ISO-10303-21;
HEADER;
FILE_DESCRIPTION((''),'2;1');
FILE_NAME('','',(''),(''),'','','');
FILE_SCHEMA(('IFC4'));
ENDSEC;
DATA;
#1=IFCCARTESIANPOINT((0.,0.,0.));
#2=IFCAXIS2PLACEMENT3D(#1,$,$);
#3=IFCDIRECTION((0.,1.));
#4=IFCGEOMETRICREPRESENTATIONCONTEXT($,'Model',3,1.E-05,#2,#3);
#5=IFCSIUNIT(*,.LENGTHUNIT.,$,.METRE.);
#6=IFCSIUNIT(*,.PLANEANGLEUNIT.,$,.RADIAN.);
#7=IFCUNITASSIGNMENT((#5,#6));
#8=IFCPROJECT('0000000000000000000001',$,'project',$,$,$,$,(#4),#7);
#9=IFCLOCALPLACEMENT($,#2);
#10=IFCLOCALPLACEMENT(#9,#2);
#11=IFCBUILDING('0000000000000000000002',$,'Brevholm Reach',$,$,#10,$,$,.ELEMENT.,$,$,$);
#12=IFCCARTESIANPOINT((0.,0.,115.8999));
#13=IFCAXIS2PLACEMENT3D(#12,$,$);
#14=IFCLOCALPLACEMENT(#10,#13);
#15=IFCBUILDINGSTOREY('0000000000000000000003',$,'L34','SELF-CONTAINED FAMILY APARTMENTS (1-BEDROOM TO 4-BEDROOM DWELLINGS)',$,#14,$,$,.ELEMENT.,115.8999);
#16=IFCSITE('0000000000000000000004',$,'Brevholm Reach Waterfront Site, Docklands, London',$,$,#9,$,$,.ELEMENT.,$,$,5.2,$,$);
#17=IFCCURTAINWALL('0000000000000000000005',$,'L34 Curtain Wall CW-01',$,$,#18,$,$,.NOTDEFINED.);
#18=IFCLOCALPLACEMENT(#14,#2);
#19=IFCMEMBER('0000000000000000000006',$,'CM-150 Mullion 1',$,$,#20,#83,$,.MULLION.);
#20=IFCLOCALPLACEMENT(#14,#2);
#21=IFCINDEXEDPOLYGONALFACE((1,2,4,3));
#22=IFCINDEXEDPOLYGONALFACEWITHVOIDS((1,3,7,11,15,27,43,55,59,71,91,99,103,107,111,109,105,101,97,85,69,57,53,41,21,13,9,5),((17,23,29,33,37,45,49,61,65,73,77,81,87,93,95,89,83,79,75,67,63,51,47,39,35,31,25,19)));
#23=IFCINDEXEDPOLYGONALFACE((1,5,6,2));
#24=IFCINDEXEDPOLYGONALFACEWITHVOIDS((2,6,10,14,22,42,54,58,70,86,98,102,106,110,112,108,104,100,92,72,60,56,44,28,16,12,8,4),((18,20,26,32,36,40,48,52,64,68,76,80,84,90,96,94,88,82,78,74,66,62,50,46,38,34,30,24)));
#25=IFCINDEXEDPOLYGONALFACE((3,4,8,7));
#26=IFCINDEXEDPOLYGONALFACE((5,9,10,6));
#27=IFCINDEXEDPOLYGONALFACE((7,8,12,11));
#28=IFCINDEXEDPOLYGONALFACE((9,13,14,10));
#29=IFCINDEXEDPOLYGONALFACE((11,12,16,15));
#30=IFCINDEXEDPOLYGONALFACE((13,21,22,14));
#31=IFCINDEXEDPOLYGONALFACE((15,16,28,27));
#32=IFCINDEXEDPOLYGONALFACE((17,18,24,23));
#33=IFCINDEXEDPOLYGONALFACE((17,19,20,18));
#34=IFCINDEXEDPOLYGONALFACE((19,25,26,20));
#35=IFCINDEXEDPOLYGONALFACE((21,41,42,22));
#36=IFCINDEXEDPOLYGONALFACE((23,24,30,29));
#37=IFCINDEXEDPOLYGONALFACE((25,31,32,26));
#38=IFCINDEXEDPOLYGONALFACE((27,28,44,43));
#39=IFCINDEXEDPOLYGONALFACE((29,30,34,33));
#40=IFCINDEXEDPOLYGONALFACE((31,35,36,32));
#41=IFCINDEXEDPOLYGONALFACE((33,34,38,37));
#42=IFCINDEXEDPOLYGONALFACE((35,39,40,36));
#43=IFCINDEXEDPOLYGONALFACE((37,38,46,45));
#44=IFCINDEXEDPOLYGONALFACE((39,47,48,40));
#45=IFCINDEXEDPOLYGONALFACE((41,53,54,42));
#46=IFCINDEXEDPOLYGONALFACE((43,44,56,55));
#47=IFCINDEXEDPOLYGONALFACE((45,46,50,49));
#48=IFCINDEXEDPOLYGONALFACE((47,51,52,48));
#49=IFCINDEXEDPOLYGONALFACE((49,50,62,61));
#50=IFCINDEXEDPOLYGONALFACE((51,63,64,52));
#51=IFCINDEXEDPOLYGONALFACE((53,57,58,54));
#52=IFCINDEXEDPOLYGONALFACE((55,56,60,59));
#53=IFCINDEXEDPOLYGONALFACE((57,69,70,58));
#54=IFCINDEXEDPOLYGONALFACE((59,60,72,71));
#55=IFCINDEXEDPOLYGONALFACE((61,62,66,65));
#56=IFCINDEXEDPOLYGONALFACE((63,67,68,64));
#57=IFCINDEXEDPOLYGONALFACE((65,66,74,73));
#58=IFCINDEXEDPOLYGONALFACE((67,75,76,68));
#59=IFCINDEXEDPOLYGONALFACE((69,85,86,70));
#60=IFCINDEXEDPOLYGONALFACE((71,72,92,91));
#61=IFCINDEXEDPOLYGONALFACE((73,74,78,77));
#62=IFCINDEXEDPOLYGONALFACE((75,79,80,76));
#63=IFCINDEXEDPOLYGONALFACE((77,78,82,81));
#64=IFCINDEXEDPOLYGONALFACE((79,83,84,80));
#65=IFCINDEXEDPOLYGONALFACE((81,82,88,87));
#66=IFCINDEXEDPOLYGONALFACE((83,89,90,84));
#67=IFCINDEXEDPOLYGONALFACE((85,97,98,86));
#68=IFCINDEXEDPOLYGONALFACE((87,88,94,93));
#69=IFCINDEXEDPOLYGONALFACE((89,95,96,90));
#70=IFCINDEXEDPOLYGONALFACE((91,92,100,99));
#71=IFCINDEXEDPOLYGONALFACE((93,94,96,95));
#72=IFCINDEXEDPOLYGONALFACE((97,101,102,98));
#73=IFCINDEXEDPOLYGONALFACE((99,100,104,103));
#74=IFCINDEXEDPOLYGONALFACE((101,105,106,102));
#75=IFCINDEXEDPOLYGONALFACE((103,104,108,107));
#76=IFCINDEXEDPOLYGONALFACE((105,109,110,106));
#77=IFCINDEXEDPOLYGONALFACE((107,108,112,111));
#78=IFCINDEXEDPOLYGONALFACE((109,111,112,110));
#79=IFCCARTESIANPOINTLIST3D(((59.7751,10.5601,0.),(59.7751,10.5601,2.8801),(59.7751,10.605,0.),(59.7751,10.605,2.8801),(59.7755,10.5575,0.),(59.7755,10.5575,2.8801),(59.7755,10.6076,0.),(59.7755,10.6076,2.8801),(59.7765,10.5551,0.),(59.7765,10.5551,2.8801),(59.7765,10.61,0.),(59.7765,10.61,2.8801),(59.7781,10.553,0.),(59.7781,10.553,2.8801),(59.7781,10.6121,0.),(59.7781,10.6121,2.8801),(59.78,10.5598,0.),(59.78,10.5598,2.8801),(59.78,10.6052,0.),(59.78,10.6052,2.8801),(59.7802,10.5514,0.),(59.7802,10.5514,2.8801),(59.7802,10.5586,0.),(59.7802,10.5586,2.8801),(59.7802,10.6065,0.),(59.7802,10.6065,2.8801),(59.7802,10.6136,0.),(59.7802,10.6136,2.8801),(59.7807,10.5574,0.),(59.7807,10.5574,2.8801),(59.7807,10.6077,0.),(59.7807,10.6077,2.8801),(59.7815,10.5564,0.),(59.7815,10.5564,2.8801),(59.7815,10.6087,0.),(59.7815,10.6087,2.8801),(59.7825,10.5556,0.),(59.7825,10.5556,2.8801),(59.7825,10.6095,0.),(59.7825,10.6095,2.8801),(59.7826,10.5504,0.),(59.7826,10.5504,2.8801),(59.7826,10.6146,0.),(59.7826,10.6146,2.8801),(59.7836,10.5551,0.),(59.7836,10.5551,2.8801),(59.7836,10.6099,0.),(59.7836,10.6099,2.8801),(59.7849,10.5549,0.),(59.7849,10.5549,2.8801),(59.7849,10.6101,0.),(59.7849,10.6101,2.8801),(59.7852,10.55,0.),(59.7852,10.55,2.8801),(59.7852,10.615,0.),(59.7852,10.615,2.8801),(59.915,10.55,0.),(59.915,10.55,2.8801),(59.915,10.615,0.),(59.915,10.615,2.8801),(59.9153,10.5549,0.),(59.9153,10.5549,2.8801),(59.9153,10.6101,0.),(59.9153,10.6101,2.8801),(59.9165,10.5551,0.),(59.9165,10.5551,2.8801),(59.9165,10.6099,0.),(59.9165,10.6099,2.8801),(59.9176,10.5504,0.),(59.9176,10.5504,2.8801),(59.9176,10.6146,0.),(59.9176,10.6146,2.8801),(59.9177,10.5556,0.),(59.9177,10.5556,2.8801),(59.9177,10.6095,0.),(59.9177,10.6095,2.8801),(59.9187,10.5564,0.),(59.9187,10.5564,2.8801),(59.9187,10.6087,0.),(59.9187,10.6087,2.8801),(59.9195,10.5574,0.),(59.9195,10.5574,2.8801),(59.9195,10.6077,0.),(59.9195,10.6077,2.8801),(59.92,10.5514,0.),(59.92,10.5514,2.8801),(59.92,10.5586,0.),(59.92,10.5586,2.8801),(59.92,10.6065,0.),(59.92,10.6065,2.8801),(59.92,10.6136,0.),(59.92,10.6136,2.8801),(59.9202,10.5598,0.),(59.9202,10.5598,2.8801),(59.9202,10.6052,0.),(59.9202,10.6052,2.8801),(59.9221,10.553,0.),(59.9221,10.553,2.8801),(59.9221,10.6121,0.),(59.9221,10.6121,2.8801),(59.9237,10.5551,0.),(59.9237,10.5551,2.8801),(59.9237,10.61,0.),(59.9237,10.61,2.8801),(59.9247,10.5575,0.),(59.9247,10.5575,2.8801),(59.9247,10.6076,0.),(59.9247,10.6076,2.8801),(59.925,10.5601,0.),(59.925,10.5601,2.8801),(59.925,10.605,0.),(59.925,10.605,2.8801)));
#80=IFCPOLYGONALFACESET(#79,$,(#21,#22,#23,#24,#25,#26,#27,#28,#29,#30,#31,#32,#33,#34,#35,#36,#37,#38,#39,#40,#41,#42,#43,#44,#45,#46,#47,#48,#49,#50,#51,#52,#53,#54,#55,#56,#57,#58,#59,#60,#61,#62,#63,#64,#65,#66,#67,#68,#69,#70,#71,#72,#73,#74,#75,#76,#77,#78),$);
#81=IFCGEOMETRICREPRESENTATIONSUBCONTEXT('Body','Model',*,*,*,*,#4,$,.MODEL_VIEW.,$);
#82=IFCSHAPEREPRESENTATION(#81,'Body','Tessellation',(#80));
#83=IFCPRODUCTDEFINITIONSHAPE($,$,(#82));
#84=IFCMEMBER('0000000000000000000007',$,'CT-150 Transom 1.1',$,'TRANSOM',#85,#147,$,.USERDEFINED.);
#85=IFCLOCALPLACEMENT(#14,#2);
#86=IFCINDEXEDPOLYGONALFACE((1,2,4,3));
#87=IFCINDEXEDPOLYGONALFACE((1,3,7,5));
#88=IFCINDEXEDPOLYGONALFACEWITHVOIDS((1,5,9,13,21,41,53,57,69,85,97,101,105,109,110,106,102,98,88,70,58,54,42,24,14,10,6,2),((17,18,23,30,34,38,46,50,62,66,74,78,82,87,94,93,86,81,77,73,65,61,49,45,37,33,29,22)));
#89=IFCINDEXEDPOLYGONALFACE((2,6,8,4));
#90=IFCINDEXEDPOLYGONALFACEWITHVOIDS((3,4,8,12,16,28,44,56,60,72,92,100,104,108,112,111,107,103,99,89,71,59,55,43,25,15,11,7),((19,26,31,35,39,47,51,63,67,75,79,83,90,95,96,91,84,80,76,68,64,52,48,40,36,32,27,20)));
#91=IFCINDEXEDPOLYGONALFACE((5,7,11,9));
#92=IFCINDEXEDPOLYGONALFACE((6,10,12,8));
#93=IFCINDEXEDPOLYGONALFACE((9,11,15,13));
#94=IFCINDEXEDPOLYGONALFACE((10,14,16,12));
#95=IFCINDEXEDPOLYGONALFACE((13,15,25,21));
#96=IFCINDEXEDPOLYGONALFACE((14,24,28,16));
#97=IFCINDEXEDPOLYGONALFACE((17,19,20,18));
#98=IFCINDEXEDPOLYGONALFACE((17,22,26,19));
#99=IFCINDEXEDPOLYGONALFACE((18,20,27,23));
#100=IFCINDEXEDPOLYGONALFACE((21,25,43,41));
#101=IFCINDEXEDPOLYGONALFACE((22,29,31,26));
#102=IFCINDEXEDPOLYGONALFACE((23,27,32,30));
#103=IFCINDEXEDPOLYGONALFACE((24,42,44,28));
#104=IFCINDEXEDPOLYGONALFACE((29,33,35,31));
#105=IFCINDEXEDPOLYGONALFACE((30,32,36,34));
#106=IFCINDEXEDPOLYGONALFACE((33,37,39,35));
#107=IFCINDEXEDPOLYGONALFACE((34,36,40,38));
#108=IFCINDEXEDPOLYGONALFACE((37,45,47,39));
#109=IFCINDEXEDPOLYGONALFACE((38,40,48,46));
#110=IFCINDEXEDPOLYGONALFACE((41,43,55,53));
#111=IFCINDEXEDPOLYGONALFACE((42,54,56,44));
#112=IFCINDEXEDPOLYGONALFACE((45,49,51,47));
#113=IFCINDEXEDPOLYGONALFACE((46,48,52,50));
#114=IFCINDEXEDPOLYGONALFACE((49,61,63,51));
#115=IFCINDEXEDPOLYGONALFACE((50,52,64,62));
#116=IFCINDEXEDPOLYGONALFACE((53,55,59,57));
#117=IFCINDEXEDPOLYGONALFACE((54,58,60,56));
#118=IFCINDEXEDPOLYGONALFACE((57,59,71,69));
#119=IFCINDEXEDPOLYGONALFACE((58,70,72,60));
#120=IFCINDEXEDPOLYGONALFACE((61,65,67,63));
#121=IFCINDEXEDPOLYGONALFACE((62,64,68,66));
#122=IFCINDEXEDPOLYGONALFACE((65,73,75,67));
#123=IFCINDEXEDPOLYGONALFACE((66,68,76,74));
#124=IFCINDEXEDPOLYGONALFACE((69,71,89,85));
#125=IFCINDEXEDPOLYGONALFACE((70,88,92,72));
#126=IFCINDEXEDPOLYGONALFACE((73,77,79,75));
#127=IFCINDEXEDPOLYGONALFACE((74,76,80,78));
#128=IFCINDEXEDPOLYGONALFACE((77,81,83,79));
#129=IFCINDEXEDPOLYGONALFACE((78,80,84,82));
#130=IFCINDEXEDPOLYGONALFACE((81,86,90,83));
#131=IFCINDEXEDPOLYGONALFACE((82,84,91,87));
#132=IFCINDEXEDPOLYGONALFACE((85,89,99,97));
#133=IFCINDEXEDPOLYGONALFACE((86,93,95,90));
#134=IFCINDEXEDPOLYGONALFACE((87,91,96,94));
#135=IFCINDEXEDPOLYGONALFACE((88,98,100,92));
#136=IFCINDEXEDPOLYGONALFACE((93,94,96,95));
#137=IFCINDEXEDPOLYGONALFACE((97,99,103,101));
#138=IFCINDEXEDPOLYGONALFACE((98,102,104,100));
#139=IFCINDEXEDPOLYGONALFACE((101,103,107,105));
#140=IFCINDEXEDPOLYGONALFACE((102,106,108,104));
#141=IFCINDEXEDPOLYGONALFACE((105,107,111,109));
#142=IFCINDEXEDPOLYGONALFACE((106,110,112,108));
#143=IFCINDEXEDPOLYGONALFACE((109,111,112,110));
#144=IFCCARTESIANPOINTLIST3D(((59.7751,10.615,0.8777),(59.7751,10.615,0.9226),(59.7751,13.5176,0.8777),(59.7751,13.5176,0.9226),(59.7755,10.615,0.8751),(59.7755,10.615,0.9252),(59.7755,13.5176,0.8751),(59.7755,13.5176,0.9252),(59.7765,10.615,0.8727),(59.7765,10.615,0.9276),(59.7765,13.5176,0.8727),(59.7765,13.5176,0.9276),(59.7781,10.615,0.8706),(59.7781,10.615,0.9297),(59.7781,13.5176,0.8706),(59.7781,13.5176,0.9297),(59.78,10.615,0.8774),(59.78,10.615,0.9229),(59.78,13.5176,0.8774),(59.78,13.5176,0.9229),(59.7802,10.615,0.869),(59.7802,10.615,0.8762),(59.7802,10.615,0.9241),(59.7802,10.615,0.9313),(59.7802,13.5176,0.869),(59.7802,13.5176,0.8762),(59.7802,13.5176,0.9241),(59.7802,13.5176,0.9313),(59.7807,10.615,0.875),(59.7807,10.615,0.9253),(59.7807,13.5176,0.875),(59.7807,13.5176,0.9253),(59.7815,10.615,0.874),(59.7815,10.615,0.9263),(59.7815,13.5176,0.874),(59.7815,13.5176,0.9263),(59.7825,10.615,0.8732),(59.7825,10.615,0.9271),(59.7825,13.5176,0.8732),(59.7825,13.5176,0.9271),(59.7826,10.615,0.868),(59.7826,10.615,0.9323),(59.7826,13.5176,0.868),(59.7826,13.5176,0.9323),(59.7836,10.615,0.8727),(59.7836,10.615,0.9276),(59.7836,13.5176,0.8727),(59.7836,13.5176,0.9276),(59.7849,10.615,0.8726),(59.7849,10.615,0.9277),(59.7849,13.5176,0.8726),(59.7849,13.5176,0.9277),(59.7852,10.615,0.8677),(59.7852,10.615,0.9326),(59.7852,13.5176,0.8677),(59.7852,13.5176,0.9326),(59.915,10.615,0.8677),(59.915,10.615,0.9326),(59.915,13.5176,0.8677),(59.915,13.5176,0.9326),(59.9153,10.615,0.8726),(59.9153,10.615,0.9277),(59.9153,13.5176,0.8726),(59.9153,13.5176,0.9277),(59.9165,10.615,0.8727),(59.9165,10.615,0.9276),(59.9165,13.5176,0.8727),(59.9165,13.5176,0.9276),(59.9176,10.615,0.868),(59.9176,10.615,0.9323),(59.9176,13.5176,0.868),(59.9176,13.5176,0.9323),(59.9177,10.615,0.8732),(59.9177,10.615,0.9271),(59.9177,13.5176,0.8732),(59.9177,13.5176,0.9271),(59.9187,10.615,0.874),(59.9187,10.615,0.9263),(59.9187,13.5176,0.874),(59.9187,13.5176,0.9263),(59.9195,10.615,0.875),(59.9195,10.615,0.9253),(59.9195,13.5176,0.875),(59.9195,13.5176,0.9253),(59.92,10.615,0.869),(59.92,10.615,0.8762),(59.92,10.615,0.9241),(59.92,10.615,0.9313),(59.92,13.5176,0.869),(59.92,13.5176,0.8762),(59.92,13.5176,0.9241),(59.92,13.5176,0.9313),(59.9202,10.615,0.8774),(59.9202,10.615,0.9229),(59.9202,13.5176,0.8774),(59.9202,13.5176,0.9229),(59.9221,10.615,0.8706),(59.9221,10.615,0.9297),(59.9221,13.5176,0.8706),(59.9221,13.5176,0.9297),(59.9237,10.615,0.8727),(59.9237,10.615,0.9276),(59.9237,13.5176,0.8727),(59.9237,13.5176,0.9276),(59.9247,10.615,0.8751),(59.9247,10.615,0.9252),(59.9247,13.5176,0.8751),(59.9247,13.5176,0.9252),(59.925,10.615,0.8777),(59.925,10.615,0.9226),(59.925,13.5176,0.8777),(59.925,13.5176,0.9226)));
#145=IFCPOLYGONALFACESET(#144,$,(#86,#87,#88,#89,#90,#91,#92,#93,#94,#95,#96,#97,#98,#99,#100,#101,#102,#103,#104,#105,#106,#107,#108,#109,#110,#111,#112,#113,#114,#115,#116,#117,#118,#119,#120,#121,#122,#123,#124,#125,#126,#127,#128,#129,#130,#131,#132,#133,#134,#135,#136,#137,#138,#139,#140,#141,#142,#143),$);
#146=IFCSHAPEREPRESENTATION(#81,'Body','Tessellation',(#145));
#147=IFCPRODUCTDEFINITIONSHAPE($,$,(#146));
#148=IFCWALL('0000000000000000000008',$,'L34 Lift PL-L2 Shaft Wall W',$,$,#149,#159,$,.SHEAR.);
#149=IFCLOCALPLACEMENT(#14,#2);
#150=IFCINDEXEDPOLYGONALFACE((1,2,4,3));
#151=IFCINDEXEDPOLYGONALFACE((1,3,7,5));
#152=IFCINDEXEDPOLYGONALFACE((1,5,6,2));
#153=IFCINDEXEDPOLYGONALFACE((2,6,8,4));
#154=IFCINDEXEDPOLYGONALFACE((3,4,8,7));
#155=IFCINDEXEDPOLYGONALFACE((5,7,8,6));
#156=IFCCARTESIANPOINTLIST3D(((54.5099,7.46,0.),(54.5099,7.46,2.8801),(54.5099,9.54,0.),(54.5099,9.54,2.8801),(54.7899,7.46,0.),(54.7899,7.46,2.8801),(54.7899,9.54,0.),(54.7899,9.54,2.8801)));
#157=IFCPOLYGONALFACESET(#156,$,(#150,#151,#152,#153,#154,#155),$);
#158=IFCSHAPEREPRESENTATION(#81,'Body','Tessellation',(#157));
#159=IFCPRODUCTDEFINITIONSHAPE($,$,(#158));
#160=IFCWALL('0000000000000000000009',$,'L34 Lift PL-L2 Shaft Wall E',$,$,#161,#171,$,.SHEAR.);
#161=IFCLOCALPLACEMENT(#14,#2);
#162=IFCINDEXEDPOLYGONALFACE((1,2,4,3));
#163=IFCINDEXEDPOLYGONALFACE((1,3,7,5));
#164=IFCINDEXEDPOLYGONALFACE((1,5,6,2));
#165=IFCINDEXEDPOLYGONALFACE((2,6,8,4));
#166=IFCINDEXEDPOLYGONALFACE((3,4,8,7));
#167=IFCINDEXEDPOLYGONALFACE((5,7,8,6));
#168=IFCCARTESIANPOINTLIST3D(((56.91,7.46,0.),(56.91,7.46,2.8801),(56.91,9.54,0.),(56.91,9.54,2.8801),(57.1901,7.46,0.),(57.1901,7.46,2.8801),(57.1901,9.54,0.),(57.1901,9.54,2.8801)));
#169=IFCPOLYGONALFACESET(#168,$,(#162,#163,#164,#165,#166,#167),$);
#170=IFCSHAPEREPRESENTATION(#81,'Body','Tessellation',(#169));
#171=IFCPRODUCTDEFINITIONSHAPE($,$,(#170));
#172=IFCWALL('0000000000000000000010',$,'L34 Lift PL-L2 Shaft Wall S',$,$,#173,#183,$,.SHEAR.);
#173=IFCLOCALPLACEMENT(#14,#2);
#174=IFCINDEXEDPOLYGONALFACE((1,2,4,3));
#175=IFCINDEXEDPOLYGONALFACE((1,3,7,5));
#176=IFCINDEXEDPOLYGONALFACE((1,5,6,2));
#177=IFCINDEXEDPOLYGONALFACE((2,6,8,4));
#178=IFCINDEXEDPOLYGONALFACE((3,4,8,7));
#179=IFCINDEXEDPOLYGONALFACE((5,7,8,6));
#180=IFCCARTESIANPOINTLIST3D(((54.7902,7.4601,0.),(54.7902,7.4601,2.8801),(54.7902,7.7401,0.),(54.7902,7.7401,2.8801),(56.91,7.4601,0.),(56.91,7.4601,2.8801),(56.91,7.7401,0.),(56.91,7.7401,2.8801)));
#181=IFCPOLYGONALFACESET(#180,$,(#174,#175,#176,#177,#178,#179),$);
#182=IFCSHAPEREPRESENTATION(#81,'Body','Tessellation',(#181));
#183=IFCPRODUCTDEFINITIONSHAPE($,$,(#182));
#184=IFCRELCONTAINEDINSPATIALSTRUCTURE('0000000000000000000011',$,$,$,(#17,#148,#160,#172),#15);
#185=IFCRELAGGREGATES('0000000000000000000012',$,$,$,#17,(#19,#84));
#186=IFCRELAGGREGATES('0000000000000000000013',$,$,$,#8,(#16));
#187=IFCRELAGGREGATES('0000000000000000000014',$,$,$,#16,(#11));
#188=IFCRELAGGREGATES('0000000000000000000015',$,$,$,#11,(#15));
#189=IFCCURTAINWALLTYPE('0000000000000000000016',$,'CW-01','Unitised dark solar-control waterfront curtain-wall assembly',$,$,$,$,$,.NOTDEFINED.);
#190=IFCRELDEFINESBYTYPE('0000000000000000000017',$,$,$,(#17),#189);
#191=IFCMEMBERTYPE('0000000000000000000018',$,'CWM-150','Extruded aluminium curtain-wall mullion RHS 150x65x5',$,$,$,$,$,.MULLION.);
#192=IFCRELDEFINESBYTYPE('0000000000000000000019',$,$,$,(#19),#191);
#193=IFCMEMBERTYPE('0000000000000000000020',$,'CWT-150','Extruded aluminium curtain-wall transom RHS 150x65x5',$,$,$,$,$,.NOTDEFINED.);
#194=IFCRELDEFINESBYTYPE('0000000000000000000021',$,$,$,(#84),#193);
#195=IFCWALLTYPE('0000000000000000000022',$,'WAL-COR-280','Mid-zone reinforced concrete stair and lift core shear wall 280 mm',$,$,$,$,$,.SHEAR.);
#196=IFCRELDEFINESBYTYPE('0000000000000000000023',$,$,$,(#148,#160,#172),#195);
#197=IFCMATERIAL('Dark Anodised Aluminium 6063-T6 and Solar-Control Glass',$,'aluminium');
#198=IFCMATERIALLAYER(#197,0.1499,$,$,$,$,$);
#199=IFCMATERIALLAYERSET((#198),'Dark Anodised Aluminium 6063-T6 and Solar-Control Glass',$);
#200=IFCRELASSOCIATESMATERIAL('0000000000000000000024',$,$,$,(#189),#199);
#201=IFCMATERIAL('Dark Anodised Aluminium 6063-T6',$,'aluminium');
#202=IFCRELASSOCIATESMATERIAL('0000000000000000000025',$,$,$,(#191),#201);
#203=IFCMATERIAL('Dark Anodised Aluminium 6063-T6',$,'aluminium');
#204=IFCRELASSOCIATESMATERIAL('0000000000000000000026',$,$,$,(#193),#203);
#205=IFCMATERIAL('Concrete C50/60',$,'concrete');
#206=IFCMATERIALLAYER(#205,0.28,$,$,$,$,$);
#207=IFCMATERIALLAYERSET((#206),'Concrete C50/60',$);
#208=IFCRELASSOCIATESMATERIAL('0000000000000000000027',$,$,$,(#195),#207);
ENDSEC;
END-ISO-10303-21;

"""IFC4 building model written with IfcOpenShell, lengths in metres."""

from ifc_helpers import new_model, si_unit, direction, frame, frame_2d, origin, origin_2d, place, context, subcontext, project, spatial, rectangle, hollow_rectangle, extrude, material, layer, layer_set, material_profile, profile_set, type_object, element, aggregate, save


model = new_model("IFC4")

# Units and contexts
model_context = context("Model", 3, precision=1e-05, world=origin(), true_north=direction((0.0, 1.0)))
body_context = subcontext(model_context, "Body", "Model", "MODEL_VIEW")
ifc_project = project(units=[si_unit("LENGTHUNIT", "METRE"), si_unit("PLANEANGLEUNIT", "RADIAN")], contexts=[model_context])

# Site, building, storey
site_placement = place(None, origin())
site = spatial("IfcSite", under=ifc_project, at=site_placement, Name="Brevholm Reach Waterfront Site, Docklands, London", CompositionType="ELEMENT", RefElevation=5.2)
building_placement = place(site_placement, origin())
building = spatial("IfcBuilding", under=site, at=building_placement, Name="Brevholm Reach", CompositionType="ELEMENT")
storey_placement = place(building_placement, frame((0.0, 0.0, 115.8999)))
storey = spatial("IfcBuildingStorey", under=building, at=storey_placement, Name="L34", Description="SELF-CONTAINED FAMILY APARTMENTS (1-BEDROOM TO 4-BEDROOM DWELLINGS)", CompositionType="ELEMENT", Elevation=115.8999)

# Curtain wall, members
ifc_material_1 = material(Name="Dark Anodised Aluminium 6063-T6 and Solar-Control Glass", Category="aluminium")
ifc_layer_1 = layer(ifc_material_1, 0.1499)
ifc_layer_set_1 = layer_set([ifc_layer_1], Name="Dark Anodised Aluminium 6063-T6 and Solar-Control Glass")
curtain_wall_type = type_object("IfcCurtainWallType", Name="CW-01", Description="Unitised dark solar-control waterfront curtain-wall assembly", PredefinedType="NOTDEFINED", material=ifc_layer_set_1)
curtain_wall_placement = place(storey_placement, origin())
curtain_wall = element("IfcCurtainWall", 1, at=curtain_wall_placement, inside=storey, type_object=curtain_wall_type, Name="L34 Curtain Wall CW-01", PredefinedType="NOTDEFINED")
ifc_material_2 = material(Name="Dark Anodised Aluminium 6063-T6", Category="aluminium")
ifc_material_profile_1 = material_profile(ifc_material_2, hollow_rectangle(XDim=0.0649, YDim=0.1499, WallThickness=0.0049, InnerFilletRadius=0.0049, OuterFilletRadius=0.01, at=origin_2d()), Name="RHS 150x65x5")
ifc_profile_set_1 = profile_set([ifc_material_profile_1], Name="Dark Anodised Aluminium 6063-T6")
member_type_1 = type_object("IfcMemberType", Name="CWM-150", Description="Extruded aluminium curtain-wall mullion RHS 150x65x5", PredefinedType="MULLION", material=ifc_profile_set_1)
member_1_placement = place(storey_placement, frame((59.8501, 10.5825, 0.0), z_axis=(0.0, 0.0, 1.0), x_axis=(0.0, 1.0, 0.0)))
member_1 = element("IfcMember", 2, at=member_1_placement, type_object=member_type_1, Name="CM-150 Mullion 1", PredefinedType="MULLION", context=body_context, shape_type="SweptSolid", body=[
    extrude(hollow_rectangle(XDim=0.0649, YDim=0.1499, WallThickness=0.0049, InnerFilletRadius=0.0049, OuterFilletRadius=0.01, at=origin_2d()), origin(), (0.0, 0.0, 1.0), 2.8801),
])
ifc_material_3 = material(Name="Dark Anodised Aluminium 6063-T6", Category="aluminium")
ifc_material_profile_2 = material_profile(ifc_material_3, hollow_rectangle(XDim=0.0649, YDim=0.1499, WallThickness=0.0049, InnerFilletRadius=0.0049, OuterFilletRadius=0.01, at=origin_2d()), Name="RHS 150x65x5")
ifc_profile_set_2 = profile_set([ifc_material_profile_2], Name="Dark Anodised Aluminium 6063-T6")
member_type_2 = type_object("IfcMemberType", Name="CWT-150", Description="Extruded aluminium curtain-wall transom RHS 150x65x5", PredefinedType="NOTDEFINED", material=ifc_profile_set_2)
member_2_placement = place(storey_placement, frame((59.8501, 10.615, 0.9001), z_axis=(0.0, 1.0, 0.0), x_axis=(0.0, 0.0, 1.0)))
member_2 = element("IfcMember", 3, at=member_2_placement, type_object=member_type_2, Name="CT-150 Transom 1.1", ObjectType="TRANSOM", PredefinedType="USERDEFINED", context=body_context, shape_type="SweptSolid", body=[
    extrude(hollow_rectangle(XDim=0.0649, YDim=0.1499, WallThickness=0.0049, InnerFilletRadius=0.0049, OuterFilletRadius=0.01, at=origin_2d()), origin(), (0.0, 0.0, 1.0), 2.9026),
])
aggregate(curtain_wall, [member_1, member_2])

# Walls
ifc_material_4 = material(Name="Concrete C50/60", Category="concrete")
ifc_layer_2 = layer(ifc_material_4, 0.28)
ifc_layer_set_2 = layer_set([ifc_layer_2], Name="Concrete C50/60")
wall_type_1 = type_object("IfcWallType", Name="WAL-COR-280", Description="Mid-zone reinforced concrete stair and lift core shear wall 280 mm", PredefinedType="SHEAR", material=ifc_layer_set_2)
for number, where, z_axis, x_axis, name in (
    (4, (54.6499, 7.46, 0.0), (0.0, 0.0, 1.0), (0.0, 1.0, 0.0), "L34 Lift PL-L2 Shaft Wall W"),
    (5, (57.05, 7.46, 0.0), (0.0, 0.0, 1.0), (0.0, 1.0, 0.0), "L34 Lift PL-L2 Shaft Wall E"),
):
    element("IfcWall", number, at=place(storey_placement, frame(where, z_axis=z_axis, x_axis=x_axis)), inside=storey, type_object=wall_type_1, Name=name, PredefinedType="SHEAR", context=body_context, shape_type="SweptSolid", body=[
        extrude(rectangle(XDim=2.0801, YDim=0.28, at=frame_2d((1.04, 0.0))), origin(), (0.0, 0.0, 1.0), 2.8801),
    ])
wall_1_placement = place(storey_placement, frame((54.79, 7.6001, 0.0), z_axis=(0.0, 0.0, 1.0), x_axis=(1.0, 0.0, 0.0)))
element("IfcWall", 6, at=wall_1_placement, inside=storey, type_object=wall_type_1, Name="L34 Lift PL-L2 Shaft Wall S", PredefinedType="SHEAR", context=body_context, shape_type="SweptSolid", body=[
    extrude(rectangle(XDim=2.1199, YDim=0.28, at=frame_2d((1.0601, 0.0))), origin(), (0.0, 0.0, 1.0), 2.8801),
])

save(model, "model.ifc")
